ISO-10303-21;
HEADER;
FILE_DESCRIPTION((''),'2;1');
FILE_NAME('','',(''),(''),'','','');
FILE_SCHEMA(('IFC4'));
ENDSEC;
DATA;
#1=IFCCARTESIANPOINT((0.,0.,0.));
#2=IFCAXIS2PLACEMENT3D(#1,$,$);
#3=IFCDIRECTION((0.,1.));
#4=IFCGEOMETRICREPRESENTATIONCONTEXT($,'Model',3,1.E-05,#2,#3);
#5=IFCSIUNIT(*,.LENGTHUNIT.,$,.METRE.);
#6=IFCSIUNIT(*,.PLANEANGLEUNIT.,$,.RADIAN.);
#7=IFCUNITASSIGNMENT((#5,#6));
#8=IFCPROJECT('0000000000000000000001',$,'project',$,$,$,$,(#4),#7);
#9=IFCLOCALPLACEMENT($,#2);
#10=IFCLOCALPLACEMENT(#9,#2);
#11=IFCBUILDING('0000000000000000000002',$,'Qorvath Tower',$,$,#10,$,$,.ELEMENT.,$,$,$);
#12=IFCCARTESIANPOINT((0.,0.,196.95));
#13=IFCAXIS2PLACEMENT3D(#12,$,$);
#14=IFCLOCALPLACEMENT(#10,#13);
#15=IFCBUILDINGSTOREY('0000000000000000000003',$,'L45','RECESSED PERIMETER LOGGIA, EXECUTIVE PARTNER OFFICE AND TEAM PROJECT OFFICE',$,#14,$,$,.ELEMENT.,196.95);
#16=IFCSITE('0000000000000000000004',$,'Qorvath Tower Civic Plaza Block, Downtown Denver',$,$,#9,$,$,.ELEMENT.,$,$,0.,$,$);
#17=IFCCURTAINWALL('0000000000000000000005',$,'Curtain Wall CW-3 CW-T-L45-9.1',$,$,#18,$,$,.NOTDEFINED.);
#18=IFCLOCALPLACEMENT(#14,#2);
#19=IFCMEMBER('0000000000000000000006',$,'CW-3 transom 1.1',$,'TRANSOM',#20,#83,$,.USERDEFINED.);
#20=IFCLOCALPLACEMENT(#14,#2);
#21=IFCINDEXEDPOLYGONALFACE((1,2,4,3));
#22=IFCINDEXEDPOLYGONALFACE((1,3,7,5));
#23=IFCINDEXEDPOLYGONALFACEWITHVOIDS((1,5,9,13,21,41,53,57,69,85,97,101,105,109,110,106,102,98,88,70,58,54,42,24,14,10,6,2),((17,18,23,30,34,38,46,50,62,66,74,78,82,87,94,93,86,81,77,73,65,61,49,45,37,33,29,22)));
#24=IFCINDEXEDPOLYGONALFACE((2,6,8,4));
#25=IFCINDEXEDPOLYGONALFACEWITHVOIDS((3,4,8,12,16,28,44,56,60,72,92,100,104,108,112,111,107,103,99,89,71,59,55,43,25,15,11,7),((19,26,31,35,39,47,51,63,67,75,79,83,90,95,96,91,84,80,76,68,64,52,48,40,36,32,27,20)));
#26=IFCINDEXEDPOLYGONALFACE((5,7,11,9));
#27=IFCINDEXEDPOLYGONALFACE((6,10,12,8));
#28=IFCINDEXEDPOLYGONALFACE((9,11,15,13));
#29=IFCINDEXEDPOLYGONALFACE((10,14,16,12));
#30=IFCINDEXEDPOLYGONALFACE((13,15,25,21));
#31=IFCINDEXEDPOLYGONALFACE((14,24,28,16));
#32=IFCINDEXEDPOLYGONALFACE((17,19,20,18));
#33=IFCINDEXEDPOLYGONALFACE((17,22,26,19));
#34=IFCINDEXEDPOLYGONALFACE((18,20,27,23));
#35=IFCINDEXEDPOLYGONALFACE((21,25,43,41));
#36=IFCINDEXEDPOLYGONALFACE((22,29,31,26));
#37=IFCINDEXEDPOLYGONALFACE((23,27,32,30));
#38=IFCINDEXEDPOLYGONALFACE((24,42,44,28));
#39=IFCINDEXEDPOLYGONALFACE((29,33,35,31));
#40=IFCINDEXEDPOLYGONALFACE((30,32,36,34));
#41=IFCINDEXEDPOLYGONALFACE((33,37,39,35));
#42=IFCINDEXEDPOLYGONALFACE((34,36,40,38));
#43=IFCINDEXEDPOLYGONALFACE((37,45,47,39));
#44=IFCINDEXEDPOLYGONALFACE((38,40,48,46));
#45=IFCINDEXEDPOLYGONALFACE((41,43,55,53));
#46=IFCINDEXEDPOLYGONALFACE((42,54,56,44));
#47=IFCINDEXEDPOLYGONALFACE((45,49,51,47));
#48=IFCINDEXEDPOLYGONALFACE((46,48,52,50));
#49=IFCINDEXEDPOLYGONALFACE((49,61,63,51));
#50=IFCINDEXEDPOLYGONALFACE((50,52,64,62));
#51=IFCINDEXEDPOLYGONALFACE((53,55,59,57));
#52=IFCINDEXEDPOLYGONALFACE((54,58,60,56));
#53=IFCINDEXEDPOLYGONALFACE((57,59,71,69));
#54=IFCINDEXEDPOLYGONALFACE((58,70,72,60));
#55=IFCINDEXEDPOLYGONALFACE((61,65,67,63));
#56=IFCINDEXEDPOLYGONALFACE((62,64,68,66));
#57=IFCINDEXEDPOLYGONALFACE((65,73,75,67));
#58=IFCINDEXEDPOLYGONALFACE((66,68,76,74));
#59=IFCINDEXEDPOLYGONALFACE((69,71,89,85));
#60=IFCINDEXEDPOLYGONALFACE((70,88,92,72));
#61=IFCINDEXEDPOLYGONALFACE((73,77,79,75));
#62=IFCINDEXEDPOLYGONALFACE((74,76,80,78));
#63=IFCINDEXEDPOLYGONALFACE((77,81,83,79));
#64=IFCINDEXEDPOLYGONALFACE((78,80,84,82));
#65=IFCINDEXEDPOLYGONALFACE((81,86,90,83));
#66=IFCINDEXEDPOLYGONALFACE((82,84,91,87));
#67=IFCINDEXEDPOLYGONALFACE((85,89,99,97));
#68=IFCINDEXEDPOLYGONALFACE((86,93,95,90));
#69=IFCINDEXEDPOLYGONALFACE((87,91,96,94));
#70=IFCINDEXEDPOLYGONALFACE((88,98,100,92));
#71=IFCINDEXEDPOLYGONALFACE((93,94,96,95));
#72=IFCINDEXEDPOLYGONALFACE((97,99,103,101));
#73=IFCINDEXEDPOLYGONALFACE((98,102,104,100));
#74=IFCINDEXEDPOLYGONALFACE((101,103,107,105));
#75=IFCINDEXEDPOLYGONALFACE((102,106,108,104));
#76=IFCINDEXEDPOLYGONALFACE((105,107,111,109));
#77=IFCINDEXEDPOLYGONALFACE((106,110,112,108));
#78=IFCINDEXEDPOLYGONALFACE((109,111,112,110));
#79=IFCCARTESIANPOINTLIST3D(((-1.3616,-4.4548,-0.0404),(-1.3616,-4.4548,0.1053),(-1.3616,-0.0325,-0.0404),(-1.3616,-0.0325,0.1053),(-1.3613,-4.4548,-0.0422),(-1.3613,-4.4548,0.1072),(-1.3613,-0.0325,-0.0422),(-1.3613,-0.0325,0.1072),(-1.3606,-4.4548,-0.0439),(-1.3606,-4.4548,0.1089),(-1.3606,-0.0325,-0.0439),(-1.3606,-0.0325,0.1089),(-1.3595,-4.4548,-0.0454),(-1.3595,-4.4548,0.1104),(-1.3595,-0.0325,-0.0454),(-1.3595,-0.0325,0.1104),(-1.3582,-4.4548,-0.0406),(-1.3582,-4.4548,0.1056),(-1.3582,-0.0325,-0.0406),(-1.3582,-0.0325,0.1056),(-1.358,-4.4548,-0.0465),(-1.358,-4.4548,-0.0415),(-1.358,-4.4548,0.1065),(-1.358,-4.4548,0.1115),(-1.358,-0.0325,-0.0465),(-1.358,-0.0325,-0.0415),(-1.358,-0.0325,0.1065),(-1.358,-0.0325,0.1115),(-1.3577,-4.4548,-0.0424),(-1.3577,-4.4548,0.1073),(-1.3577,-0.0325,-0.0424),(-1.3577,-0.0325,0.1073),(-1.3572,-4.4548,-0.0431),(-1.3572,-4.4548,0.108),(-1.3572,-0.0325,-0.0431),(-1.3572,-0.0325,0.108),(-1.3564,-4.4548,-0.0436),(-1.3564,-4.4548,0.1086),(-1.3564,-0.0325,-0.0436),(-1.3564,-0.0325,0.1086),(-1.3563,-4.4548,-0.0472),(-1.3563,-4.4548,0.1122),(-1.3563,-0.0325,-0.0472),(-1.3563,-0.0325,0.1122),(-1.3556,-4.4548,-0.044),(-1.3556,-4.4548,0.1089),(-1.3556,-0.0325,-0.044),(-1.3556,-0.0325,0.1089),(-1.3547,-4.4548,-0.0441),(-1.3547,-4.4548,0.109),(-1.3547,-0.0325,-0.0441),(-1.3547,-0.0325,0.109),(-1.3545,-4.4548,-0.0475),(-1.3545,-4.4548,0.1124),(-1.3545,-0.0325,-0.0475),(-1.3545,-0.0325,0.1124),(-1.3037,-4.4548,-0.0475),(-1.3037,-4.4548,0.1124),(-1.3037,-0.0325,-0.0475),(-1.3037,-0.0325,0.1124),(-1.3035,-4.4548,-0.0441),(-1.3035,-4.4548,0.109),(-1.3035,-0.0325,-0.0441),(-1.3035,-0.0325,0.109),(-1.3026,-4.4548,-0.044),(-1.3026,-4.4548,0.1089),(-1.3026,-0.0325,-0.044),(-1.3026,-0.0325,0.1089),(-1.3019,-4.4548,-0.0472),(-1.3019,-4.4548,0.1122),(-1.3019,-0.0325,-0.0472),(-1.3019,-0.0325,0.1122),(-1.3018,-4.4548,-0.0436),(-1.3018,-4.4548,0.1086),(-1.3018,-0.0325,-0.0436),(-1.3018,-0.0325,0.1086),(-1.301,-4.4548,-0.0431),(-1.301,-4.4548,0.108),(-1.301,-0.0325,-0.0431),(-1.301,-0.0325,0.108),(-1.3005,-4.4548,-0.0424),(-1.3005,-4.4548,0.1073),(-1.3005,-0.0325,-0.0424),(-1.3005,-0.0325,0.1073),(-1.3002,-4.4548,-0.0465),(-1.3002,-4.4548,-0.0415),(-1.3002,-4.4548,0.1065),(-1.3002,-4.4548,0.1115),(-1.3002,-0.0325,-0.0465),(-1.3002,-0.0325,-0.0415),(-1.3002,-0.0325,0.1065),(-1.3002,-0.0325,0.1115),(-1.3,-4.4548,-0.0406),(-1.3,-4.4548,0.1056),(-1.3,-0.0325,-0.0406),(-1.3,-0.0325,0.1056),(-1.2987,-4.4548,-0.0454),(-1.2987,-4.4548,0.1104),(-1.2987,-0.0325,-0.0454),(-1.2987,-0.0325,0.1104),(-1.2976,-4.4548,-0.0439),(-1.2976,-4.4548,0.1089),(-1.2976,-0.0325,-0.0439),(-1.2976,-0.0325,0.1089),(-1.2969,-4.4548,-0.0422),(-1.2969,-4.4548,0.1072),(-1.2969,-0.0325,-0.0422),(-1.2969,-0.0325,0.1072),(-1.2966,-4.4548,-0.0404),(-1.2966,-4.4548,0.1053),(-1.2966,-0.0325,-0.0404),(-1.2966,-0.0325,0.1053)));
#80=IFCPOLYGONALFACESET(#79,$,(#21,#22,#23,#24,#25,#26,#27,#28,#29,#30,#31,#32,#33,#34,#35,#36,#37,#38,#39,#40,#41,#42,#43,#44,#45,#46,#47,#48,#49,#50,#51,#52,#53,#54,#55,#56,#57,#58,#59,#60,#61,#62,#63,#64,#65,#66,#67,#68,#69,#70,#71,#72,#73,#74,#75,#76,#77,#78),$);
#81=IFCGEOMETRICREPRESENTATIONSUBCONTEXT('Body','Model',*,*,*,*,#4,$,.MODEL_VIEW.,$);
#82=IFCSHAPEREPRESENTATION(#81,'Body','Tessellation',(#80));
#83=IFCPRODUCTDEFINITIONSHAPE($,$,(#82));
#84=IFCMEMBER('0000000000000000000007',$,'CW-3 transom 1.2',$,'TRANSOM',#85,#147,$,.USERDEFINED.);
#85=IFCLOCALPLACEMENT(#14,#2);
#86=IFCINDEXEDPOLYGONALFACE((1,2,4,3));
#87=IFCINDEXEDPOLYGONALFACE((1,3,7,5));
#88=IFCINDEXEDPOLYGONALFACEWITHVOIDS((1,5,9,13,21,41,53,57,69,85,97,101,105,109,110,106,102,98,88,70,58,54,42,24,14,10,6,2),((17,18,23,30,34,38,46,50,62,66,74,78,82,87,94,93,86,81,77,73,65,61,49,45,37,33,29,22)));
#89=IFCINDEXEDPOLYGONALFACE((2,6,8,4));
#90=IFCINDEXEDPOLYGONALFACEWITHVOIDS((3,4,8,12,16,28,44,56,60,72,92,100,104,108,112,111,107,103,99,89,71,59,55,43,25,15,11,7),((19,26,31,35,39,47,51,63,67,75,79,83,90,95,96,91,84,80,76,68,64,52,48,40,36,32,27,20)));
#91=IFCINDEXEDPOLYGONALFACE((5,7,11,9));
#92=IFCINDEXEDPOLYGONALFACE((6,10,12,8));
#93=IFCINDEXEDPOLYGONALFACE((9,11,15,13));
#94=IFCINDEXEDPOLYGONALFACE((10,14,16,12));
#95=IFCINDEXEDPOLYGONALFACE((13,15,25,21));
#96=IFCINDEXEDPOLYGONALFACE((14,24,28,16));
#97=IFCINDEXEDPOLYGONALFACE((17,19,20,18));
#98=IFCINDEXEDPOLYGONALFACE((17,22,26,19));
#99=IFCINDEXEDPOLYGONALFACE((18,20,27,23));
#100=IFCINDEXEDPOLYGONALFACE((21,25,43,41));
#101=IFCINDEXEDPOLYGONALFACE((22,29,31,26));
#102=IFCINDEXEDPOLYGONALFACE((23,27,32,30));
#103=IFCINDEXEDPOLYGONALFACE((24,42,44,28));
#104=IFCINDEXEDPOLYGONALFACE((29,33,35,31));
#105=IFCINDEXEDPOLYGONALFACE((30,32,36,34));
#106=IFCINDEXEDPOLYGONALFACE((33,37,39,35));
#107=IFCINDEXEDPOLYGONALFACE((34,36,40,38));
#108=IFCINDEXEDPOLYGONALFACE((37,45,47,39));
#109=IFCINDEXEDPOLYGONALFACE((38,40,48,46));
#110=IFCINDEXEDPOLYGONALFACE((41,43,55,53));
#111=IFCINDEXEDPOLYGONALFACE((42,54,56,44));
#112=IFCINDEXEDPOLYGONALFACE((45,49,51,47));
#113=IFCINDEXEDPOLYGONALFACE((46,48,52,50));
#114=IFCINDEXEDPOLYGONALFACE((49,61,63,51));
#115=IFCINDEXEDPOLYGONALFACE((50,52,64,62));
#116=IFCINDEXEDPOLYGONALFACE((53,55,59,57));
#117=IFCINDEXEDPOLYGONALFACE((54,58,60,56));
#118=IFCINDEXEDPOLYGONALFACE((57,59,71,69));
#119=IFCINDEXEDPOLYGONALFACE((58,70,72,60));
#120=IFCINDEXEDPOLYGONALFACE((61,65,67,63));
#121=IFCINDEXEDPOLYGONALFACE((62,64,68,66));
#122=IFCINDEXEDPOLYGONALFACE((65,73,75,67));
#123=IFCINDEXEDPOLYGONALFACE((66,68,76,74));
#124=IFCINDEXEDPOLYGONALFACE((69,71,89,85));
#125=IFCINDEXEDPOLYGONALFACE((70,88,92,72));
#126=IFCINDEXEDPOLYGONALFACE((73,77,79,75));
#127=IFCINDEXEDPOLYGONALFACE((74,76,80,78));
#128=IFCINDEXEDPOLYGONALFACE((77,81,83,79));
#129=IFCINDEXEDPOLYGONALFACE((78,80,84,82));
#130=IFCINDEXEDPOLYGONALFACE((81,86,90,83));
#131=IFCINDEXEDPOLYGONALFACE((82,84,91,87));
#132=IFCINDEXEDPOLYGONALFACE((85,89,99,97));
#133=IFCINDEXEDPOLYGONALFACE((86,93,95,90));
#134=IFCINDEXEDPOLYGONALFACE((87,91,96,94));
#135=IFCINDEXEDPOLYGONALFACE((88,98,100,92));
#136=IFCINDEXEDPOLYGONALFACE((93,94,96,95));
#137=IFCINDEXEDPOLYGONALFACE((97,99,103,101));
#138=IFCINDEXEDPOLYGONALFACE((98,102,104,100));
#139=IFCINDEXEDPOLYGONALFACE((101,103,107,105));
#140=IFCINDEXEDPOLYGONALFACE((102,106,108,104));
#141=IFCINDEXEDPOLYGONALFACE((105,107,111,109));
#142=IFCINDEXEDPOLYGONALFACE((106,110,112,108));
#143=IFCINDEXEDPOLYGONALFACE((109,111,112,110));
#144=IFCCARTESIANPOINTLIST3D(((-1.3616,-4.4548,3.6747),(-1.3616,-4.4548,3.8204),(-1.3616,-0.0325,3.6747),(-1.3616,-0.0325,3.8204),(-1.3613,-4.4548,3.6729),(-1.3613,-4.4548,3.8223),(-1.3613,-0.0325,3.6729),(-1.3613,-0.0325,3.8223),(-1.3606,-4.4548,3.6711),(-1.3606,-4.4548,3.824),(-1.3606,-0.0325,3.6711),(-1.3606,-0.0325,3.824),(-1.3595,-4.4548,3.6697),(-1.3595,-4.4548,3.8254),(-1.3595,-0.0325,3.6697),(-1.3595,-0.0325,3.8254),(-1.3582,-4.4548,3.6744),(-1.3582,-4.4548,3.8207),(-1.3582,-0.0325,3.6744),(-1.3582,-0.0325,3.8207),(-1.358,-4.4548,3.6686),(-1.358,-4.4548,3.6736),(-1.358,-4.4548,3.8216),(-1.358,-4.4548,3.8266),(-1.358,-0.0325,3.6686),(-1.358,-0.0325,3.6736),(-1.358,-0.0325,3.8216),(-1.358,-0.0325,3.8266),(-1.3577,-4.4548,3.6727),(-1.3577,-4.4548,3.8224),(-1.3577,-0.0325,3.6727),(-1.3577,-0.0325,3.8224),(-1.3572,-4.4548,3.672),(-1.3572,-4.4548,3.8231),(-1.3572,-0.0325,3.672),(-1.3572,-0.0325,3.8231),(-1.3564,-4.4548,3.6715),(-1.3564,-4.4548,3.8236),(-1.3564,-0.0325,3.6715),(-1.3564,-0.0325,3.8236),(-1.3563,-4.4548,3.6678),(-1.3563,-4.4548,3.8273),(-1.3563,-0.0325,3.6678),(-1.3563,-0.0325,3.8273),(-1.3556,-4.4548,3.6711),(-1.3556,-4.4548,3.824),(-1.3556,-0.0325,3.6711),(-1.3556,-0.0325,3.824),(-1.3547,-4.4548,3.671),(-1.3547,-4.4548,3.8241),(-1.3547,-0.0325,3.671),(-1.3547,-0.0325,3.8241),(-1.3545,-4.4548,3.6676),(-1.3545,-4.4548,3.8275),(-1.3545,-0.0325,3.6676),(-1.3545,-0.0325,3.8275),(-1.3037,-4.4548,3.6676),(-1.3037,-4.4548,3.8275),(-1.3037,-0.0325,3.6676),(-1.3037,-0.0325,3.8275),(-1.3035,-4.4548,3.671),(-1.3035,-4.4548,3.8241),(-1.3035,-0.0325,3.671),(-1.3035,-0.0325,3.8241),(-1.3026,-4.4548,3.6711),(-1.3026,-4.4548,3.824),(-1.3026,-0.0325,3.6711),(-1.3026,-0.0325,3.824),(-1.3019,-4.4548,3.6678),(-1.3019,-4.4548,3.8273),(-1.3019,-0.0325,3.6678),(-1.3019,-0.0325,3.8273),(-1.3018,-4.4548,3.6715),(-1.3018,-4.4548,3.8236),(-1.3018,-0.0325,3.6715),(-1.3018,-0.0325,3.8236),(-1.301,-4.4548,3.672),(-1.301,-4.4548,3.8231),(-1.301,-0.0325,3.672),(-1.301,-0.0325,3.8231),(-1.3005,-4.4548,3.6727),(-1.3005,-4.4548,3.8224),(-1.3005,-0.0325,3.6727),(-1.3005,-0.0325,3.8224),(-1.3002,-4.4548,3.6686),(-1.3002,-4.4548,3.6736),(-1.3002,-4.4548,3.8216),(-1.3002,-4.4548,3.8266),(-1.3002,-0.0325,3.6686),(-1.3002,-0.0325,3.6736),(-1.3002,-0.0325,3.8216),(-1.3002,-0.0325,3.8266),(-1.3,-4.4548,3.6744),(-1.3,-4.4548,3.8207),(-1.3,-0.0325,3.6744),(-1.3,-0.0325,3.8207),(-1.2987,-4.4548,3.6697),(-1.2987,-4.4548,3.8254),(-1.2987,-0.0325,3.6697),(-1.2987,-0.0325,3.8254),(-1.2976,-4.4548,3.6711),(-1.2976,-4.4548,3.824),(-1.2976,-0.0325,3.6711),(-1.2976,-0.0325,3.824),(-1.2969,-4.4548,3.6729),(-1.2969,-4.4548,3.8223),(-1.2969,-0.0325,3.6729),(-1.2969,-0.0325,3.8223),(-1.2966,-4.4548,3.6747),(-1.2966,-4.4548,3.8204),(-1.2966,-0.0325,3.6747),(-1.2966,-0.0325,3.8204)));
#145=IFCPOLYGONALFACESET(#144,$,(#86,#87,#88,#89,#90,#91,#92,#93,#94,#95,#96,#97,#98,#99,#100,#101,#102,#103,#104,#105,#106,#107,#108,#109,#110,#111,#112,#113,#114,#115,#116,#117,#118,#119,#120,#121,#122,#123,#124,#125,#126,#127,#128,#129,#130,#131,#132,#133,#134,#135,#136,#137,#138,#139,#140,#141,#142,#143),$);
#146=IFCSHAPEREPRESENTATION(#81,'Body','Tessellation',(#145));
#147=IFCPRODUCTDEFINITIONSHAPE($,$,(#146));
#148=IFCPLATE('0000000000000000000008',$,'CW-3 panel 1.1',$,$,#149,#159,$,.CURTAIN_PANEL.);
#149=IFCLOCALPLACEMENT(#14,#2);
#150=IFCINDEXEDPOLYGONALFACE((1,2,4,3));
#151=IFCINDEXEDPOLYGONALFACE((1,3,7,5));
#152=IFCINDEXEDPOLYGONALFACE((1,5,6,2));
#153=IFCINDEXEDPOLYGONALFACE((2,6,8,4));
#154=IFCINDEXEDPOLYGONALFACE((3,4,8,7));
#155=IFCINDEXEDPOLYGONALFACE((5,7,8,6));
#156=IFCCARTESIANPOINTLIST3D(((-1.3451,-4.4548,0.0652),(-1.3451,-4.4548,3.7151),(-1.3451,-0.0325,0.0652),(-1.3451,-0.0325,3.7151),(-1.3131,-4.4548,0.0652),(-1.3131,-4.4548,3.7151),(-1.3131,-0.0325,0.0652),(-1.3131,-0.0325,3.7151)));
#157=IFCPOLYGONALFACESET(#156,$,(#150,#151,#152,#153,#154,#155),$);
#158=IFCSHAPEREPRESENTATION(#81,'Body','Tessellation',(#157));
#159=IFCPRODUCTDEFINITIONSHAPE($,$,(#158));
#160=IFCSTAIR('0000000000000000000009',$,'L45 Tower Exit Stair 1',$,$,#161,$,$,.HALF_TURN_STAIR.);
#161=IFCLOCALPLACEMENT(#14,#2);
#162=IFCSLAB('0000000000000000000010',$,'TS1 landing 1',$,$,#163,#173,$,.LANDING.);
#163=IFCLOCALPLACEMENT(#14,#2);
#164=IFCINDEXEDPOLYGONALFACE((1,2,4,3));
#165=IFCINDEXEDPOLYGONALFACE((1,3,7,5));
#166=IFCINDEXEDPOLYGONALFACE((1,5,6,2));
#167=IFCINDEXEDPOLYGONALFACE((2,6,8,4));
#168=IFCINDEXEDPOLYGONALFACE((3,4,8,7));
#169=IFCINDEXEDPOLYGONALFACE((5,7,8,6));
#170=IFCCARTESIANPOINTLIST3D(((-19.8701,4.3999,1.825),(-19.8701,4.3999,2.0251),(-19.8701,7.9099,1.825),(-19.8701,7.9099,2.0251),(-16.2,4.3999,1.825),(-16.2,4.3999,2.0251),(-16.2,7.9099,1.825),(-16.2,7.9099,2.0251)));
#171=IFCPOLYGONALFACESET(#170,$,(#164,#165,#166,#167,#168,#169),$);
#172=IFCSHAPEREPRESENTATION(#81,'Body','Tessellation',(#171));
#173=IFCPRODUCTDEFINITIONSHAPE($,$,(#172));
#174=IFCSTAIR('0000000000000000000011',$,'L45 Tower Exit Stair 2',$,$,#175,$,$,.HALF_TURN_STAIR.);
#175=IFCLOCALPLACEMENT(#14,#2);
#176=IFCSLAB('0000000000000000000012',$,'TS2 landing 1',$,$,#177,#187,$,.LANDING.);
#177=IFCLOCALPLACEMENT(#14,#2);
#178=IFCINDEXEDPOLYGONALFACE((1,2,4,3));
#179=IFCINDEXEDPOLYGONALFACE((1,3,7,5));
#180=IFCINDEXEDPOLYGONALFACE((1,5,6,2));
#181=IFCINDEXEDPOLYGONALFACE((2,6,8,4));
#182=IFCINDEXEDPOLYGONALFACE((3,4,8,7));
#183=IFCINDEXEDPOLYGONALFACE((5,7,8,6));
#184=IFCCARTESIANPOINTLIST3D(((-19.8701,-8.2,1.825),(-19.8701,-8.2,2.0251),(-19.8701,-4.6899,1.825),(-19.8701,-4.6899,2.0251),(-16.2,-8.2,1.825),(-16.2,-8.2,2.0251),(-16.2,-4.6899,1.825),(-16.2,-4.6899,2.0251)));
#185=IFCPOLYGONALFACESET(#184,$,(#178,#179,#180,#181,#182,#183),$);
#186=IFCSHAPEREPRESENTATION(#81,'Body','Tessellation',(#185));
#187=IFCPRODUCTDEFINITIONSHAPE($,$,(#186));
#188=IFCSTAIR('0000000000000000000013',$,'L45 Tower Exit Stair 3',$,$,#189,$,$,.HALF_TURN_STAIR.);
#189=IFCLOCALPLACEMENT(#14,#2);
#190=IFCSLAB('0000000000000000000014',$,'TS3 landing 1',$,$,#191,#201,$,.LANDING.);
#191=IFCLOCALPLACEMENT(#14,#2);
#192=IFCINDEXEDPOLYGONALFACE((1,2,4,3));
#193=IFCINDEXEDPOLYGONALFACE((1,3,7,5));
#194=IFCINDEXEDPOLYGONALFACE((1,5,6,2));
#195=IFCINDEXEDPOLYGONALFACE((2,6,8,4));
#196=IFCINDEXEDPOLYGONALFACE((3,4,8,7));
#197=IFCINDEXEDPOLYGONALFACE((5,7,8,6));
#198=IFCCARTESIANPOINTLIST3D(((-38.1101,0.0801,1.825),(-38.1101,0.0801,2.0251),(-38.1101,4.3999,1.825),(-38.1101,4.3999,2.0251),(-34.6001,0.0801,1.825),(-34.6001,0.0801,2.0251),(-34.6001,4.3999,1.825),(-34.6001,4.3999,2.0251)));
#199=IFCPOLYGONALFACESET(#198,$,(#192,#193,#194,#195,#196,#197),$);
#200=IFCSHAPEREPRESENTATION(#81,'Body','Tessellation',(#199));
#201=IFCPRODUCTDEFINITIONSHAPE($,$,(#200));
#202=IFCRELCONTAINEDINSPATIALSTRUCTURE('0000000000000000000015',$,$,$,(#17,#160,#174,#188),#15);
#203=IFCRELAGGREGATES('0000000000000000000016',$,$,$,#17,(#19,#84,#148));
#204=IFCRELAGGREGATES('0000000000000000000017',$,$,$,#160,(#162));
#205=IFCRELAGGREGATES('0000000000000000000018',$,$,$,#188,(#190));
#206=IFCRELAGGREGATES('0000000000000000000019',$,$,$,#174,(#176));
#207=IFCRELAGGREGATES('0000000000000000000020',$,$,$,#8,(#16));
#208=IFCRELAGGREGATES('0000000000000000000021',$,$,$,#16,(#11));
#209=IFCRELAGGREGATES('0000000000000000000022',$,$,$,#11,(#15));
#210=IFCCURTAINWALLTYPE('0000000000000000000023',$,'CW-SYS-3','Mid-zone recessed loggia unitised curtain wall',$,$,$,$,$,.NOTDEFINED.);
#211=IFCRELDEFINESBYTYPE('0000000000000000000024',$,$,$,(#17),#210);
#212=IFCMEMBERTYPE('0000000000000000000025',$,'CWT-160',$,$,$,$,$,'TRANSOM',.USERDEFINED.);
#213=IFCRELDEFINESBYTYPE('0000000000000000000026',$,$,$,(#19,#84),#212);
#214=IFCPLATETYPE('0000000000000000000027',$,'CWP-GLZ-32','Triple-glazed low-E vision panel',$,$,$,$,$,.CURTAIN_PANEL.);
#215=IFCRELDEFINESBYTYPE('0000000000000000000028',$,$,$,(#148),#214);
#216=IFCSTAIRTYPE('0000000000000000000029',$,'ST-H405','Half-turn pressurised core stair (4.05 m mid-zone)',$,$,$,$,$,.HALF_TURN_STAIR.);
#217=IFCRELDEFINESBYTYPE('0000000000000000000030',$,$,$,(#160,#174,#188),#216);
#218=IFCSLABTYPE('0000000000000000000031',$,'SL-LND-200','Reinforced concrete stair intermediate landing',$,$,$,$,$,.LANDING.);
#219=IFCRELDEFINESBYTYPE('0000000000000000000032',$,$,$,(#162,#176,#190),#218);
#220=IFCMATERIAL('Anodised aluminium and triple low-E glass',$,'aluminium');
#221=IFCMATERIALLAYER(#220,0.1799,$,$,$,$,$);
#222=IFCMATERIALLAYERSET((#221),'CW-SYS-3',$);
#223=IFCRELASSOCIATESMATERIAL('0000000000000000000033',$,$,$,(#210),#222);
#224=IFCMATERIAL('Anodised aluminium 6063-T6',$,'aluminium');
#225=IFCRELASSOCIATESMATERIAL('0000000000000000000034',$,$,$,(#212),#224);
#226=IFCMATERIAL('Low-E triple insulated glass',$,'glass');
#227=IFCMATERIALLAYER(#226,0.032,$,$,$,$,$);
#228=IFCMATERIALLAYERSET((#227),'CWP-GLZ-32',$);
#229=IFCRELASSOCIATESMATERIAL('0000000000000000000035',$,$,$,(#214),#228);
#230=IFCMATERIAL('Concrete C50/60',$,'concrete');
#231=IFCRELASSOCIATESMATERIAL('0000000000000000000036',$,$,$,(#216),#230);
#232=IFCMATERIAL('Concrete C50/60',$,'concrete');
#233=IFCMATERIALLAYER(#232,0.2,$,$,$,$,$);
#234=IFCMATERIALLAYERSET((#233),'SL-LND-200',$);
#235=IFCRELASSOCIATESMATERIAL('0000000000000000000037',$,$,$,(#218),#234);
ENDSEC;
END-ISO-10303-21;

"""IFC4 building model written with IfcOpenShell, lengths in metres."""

from ifc_helpers import new_model, si_unit, direction, frame, origin, origin_2d, place, context, subcontext, project, spatial, polyline, rectangle, hollow_rectangle, outline, extrude, material, layer, layer_set, material_profile, profile_set, type_object, element, aggregate, save


model = new_model("IFC4")

# Units and contexts
model_context = context("Model", 3, precision=1e-05, world=origin(), true_north=direction((0.0, 1.0)))
body_context = subcontext(model_context, "Body", "Model", "MODEL_VIEW")
ifc_project = project(units=[si_unit("LENGTHUNIT", "METRE"), si_unit("PLANEANGLEUNIT", "RADIAN")], contexts=[model_context])

# Site, building, storey
site_placement = place(None, origin())
site = spatial("IfcSite", under=ifc_project, at=site_placement, Name="Qorvath Tower Civic Plaza Block, Downtown Denver", CompositionType="ELEMENT", RefElevation=0.0)
building_placement = place(site_placement, origin())
building = spatial("IfcBuilding", under=site, at=building_placement, Name="Qorvath Tower", CompositionType="ELEMENT")
storey_placement = place(building_placement, frame((0.0, 0.0, 196.95)))
storey = spatial("IfcBuildingStorey", under=building, at=storey_placement, Name="L45", Description="RECESSED PERIMETER LOGGIA, EXECUTIVE PARTNER OFFICE AND TEAM PROJECT OFFICE", CompositionType="ELEMENT", Elevation=196.95)

# Curtain wall, members, plate
ifc_material_1 = material(Name="Anodised aluminium and triple low-E glass", Category="aluminium")
ifc_layer_1 = layer(ifc_material_1, 0.1799)
ifc_layer_set_1 = layer_set([ifc_layer_1], Name="CW-SYS-3")
curtain_wall_type = type_object("IfcCurtainWallType", Name="CW-SYS-3", Description="Mid-zone recessed loggia unitised curtain wall", PredefinedType="NOTDEFINED", material=ifc_layer_set_1)
curtain_wall_placement = place(storey_placement, origin())
curtain_wall = element("IfcCurtainWall", 1, at=curtain_wall_placement, inside=storey, type_object=curtain_wall_type, Name="Curtain Wall CW-3 CW-T-L45-9.1", PredefinedType="NOTDEFINED")
ifc_material_2 = material(Name="Anodised aluminium 6063-T6", Category="aluminium")
ifc_material_profile_1 = material_profile(ifc_material_2, hollow_rectangle(XDim=0.0649, YDim=0.1599, WallThickness=0.0034, InnerFilletRadius=0.0034, OuterFilletRadius=0.0071, at=origin_2d()), Name="CWT 160x65")
ifc_profile_set_1 = profile_set([ifc_material_profile_1], Name="Anodised aluminium 6063-T6")
member_type_1 = type_object("IfcMemberType", Name="CWT-160", ElementType="TRANSOM", PredefinedType="USERDEFINED", material=ifc_profile_set_1)
member_1_placement = place(storey_placement, frame((-1.3291, -4.4548, 0.0325), z_axis=(0.0, 1.0, 0.0), x_axis=(-1.0, 0.0, 0.0)))
member_1 = element("IfcMember", 2, at=member_1_placement, type_object=member_type_1, Name="CW-3 transom 1.1", ObjectType="TRANSOM", PredefinedType="USERDEFINED", context=body_context, shape_type="SweptSolid", body=[
    extrude(hollow_rectangle(XDim=0.0649, YDim=0.1599, WallThickness=0.0034, InnerFilletRadius=0.0034, OuterFilletRadius=0.0071, at=origin_2d()), origin(), (0.0, 0.0, 1.0), 4.4224),
])
member_2_placement = place(storey_placement, frame((-1.3291, -4.4548, 3.7476), z_axis=(0.0, 1.0, 0.0), x_axis=(-1.0, 0.0, 0.0)))
member_2 = element("IfcMember", 3, at=member_2_placement, type_object=member_type_1, Name="CW-3 transom 1.2", ObjectType="TRANSOM", PredefinedType="USERDEFINED", context=body_context, shape_type="SweptSolid", body=[
    extrude(hollow_rectangle(XDim=0.0649, YDim=0.1599, WallThickness=0.0034, InnerFilletRadius=0.0034, OuterFilletRadius=0.0071, at=origin_2d()), origin(), (0.0, 0.0, 1.0), 4.4224),
])
ifc_material_3 = material(Name="Low-E triple insulated glass", Category="glass")
ifc_layer_2 = layer(ifc_material_3, 0.032)
ifc_layer_set_2 = layer_set([ifc_layer_2], Name="CWP-GLZ-32")
plate_type = type_object("IfcPlateType", Name="CWP-GLZ-32", Description="Triple-glazed low-E vision panel", PredefinedType="CURTAIN_PANEL", material=ifc_layer_set_2)
plate_placement = place(storey_placement, frame((-1.3291, -2.2437, 0.0652), z_axis=(0.0, 0.0, 1.0), x_axis=(0.0, 1.0, 0.0)))
plate = element("IfcPlate", 4, at=plate_placement, type_object=plate_type, Name="CW-3 panel 1.1", PredefinedType="CURTAIN_PANEL", context=body_context, shape_type="SweptSolid", body=[
    extrude(rectangle(XDim=4.4224, YDim=0.032, at=origin_2d()), origin(), (0.0, 0.0, 1.0), 3.6499),
])
aggregate(curtain_wall, [member_1, member_2, plate])

# Stairs, slabs
ifc_material_4 = material(Name="Concrete C50/60", Category="concrete")
stair_type = type_object("IfcStairType", Name="ST-H405", Description="Half-turn pressurised core stair (4.05 m mid-zone)", PredefinedType="HALF_TURN_STAIR", material=ifc_material_4)
stair_1_placement = place(storey_placement, origin())
stair_1 = element("IfcStair", 5, at=stair_1_placement, inside=storey, type_object=stair_type, Name="L45 Tower Exit Stair 1", PredefinedType="HALF_TURN_STAIR")
ifc_material_5 = material(Name="Concrete C50/60", Category="concrete")
ifc_layer_3 = layer(ifc_material_5, 0.2)
ifc_layer_set_3 = layer_set([ifc_layer_3], Name="SL-LND-200")
slab_type_1 = type_object("IfcSlabType", Name="SL-LND-200", Description="Reinforced concrete stair intermediate landing", PredefinedType="LANDING", material=ifc_layer_set_3)
slab_1_placement = place(storey_placement, frame((0.0, 0.0, 1.825)))
slab_1 = element("IfcSlab", 6, at=slab_1_placement, type_object=slab_type_1, Name="TS1 landing 1", PredefinedType="LANDING", context=body_context, shape_type="SweptSolid", body=[
    extrude(outline(polyline([(-19.8701, 4.3999), (-16.2, 4.3999), (-16.2, 7.9099), (-19.8701, 7.9099), (-19.8701, 4.3999)])), origin(), (0.0, 0.0, 1.0), 0.2002),
])
aggregate(stair_1, [slab_1])
stair_2_placement = place(storey_placement, origin())
stair_2 = element("IfcStair", 7, at=stair_2_placement, inside=storey, type_object=stair_type, Name="L45 Tower Exit Stair 2", PredefinedType="HALF_TURN_STAIR")
slab_2_placement = place(storey_placement, frame((0.0, 0.0, 1.825)))
slab_2 = element("IfcSlab", 8, at=slab_2_placement, type_object=slab_type_1, Name="TS2 landing 1", PredefinedType="LANDING", context=body_context, shape_type="SweptSolid", body=[
    extrude(outline(polyline([(-19.8701, -8.2), (-16.2, -8.2), (-16.2, -4.6899), (-19.8701, -4.6899), (-19.8701, -8.2)])), origin(), (0.0, 0.0, 1.0), 0.2002),
])
stair_3_placement = place(storey_placement, origin())
stair_3 = element("IfcStair", 9, at=stair_3_placement, inside=storey, type_object=stair_type, Name="L45 Tower Exit Stair 3", PredefinedType="HALF_TURN_STAIR")
slab_3_placement = place(storey_placement, frame((0.0, 0.0, 1.825)))
slab_3 = element("IfcSlab", 10, at=slab_3_placement, type_object=slab_type_1, Name="TS3 landing 1", PredefinedType="LANDING", context=body_context, shape_type="SweptSolid", body=[
    extrude(outline(polyline([(-34.6001, 0.0801), (-34.6001, 4.3999), (-38.1101, 4.3999), (-38.1101, 0.0801), (-34.6001, 0.0801)])), origin(), (0.0, 0.0, 1.0), 0.2002),
])
aggregate(stair_3, [slab_3])

aggregate(stair_2, [slab_2])

save(model, "model.ifc")
